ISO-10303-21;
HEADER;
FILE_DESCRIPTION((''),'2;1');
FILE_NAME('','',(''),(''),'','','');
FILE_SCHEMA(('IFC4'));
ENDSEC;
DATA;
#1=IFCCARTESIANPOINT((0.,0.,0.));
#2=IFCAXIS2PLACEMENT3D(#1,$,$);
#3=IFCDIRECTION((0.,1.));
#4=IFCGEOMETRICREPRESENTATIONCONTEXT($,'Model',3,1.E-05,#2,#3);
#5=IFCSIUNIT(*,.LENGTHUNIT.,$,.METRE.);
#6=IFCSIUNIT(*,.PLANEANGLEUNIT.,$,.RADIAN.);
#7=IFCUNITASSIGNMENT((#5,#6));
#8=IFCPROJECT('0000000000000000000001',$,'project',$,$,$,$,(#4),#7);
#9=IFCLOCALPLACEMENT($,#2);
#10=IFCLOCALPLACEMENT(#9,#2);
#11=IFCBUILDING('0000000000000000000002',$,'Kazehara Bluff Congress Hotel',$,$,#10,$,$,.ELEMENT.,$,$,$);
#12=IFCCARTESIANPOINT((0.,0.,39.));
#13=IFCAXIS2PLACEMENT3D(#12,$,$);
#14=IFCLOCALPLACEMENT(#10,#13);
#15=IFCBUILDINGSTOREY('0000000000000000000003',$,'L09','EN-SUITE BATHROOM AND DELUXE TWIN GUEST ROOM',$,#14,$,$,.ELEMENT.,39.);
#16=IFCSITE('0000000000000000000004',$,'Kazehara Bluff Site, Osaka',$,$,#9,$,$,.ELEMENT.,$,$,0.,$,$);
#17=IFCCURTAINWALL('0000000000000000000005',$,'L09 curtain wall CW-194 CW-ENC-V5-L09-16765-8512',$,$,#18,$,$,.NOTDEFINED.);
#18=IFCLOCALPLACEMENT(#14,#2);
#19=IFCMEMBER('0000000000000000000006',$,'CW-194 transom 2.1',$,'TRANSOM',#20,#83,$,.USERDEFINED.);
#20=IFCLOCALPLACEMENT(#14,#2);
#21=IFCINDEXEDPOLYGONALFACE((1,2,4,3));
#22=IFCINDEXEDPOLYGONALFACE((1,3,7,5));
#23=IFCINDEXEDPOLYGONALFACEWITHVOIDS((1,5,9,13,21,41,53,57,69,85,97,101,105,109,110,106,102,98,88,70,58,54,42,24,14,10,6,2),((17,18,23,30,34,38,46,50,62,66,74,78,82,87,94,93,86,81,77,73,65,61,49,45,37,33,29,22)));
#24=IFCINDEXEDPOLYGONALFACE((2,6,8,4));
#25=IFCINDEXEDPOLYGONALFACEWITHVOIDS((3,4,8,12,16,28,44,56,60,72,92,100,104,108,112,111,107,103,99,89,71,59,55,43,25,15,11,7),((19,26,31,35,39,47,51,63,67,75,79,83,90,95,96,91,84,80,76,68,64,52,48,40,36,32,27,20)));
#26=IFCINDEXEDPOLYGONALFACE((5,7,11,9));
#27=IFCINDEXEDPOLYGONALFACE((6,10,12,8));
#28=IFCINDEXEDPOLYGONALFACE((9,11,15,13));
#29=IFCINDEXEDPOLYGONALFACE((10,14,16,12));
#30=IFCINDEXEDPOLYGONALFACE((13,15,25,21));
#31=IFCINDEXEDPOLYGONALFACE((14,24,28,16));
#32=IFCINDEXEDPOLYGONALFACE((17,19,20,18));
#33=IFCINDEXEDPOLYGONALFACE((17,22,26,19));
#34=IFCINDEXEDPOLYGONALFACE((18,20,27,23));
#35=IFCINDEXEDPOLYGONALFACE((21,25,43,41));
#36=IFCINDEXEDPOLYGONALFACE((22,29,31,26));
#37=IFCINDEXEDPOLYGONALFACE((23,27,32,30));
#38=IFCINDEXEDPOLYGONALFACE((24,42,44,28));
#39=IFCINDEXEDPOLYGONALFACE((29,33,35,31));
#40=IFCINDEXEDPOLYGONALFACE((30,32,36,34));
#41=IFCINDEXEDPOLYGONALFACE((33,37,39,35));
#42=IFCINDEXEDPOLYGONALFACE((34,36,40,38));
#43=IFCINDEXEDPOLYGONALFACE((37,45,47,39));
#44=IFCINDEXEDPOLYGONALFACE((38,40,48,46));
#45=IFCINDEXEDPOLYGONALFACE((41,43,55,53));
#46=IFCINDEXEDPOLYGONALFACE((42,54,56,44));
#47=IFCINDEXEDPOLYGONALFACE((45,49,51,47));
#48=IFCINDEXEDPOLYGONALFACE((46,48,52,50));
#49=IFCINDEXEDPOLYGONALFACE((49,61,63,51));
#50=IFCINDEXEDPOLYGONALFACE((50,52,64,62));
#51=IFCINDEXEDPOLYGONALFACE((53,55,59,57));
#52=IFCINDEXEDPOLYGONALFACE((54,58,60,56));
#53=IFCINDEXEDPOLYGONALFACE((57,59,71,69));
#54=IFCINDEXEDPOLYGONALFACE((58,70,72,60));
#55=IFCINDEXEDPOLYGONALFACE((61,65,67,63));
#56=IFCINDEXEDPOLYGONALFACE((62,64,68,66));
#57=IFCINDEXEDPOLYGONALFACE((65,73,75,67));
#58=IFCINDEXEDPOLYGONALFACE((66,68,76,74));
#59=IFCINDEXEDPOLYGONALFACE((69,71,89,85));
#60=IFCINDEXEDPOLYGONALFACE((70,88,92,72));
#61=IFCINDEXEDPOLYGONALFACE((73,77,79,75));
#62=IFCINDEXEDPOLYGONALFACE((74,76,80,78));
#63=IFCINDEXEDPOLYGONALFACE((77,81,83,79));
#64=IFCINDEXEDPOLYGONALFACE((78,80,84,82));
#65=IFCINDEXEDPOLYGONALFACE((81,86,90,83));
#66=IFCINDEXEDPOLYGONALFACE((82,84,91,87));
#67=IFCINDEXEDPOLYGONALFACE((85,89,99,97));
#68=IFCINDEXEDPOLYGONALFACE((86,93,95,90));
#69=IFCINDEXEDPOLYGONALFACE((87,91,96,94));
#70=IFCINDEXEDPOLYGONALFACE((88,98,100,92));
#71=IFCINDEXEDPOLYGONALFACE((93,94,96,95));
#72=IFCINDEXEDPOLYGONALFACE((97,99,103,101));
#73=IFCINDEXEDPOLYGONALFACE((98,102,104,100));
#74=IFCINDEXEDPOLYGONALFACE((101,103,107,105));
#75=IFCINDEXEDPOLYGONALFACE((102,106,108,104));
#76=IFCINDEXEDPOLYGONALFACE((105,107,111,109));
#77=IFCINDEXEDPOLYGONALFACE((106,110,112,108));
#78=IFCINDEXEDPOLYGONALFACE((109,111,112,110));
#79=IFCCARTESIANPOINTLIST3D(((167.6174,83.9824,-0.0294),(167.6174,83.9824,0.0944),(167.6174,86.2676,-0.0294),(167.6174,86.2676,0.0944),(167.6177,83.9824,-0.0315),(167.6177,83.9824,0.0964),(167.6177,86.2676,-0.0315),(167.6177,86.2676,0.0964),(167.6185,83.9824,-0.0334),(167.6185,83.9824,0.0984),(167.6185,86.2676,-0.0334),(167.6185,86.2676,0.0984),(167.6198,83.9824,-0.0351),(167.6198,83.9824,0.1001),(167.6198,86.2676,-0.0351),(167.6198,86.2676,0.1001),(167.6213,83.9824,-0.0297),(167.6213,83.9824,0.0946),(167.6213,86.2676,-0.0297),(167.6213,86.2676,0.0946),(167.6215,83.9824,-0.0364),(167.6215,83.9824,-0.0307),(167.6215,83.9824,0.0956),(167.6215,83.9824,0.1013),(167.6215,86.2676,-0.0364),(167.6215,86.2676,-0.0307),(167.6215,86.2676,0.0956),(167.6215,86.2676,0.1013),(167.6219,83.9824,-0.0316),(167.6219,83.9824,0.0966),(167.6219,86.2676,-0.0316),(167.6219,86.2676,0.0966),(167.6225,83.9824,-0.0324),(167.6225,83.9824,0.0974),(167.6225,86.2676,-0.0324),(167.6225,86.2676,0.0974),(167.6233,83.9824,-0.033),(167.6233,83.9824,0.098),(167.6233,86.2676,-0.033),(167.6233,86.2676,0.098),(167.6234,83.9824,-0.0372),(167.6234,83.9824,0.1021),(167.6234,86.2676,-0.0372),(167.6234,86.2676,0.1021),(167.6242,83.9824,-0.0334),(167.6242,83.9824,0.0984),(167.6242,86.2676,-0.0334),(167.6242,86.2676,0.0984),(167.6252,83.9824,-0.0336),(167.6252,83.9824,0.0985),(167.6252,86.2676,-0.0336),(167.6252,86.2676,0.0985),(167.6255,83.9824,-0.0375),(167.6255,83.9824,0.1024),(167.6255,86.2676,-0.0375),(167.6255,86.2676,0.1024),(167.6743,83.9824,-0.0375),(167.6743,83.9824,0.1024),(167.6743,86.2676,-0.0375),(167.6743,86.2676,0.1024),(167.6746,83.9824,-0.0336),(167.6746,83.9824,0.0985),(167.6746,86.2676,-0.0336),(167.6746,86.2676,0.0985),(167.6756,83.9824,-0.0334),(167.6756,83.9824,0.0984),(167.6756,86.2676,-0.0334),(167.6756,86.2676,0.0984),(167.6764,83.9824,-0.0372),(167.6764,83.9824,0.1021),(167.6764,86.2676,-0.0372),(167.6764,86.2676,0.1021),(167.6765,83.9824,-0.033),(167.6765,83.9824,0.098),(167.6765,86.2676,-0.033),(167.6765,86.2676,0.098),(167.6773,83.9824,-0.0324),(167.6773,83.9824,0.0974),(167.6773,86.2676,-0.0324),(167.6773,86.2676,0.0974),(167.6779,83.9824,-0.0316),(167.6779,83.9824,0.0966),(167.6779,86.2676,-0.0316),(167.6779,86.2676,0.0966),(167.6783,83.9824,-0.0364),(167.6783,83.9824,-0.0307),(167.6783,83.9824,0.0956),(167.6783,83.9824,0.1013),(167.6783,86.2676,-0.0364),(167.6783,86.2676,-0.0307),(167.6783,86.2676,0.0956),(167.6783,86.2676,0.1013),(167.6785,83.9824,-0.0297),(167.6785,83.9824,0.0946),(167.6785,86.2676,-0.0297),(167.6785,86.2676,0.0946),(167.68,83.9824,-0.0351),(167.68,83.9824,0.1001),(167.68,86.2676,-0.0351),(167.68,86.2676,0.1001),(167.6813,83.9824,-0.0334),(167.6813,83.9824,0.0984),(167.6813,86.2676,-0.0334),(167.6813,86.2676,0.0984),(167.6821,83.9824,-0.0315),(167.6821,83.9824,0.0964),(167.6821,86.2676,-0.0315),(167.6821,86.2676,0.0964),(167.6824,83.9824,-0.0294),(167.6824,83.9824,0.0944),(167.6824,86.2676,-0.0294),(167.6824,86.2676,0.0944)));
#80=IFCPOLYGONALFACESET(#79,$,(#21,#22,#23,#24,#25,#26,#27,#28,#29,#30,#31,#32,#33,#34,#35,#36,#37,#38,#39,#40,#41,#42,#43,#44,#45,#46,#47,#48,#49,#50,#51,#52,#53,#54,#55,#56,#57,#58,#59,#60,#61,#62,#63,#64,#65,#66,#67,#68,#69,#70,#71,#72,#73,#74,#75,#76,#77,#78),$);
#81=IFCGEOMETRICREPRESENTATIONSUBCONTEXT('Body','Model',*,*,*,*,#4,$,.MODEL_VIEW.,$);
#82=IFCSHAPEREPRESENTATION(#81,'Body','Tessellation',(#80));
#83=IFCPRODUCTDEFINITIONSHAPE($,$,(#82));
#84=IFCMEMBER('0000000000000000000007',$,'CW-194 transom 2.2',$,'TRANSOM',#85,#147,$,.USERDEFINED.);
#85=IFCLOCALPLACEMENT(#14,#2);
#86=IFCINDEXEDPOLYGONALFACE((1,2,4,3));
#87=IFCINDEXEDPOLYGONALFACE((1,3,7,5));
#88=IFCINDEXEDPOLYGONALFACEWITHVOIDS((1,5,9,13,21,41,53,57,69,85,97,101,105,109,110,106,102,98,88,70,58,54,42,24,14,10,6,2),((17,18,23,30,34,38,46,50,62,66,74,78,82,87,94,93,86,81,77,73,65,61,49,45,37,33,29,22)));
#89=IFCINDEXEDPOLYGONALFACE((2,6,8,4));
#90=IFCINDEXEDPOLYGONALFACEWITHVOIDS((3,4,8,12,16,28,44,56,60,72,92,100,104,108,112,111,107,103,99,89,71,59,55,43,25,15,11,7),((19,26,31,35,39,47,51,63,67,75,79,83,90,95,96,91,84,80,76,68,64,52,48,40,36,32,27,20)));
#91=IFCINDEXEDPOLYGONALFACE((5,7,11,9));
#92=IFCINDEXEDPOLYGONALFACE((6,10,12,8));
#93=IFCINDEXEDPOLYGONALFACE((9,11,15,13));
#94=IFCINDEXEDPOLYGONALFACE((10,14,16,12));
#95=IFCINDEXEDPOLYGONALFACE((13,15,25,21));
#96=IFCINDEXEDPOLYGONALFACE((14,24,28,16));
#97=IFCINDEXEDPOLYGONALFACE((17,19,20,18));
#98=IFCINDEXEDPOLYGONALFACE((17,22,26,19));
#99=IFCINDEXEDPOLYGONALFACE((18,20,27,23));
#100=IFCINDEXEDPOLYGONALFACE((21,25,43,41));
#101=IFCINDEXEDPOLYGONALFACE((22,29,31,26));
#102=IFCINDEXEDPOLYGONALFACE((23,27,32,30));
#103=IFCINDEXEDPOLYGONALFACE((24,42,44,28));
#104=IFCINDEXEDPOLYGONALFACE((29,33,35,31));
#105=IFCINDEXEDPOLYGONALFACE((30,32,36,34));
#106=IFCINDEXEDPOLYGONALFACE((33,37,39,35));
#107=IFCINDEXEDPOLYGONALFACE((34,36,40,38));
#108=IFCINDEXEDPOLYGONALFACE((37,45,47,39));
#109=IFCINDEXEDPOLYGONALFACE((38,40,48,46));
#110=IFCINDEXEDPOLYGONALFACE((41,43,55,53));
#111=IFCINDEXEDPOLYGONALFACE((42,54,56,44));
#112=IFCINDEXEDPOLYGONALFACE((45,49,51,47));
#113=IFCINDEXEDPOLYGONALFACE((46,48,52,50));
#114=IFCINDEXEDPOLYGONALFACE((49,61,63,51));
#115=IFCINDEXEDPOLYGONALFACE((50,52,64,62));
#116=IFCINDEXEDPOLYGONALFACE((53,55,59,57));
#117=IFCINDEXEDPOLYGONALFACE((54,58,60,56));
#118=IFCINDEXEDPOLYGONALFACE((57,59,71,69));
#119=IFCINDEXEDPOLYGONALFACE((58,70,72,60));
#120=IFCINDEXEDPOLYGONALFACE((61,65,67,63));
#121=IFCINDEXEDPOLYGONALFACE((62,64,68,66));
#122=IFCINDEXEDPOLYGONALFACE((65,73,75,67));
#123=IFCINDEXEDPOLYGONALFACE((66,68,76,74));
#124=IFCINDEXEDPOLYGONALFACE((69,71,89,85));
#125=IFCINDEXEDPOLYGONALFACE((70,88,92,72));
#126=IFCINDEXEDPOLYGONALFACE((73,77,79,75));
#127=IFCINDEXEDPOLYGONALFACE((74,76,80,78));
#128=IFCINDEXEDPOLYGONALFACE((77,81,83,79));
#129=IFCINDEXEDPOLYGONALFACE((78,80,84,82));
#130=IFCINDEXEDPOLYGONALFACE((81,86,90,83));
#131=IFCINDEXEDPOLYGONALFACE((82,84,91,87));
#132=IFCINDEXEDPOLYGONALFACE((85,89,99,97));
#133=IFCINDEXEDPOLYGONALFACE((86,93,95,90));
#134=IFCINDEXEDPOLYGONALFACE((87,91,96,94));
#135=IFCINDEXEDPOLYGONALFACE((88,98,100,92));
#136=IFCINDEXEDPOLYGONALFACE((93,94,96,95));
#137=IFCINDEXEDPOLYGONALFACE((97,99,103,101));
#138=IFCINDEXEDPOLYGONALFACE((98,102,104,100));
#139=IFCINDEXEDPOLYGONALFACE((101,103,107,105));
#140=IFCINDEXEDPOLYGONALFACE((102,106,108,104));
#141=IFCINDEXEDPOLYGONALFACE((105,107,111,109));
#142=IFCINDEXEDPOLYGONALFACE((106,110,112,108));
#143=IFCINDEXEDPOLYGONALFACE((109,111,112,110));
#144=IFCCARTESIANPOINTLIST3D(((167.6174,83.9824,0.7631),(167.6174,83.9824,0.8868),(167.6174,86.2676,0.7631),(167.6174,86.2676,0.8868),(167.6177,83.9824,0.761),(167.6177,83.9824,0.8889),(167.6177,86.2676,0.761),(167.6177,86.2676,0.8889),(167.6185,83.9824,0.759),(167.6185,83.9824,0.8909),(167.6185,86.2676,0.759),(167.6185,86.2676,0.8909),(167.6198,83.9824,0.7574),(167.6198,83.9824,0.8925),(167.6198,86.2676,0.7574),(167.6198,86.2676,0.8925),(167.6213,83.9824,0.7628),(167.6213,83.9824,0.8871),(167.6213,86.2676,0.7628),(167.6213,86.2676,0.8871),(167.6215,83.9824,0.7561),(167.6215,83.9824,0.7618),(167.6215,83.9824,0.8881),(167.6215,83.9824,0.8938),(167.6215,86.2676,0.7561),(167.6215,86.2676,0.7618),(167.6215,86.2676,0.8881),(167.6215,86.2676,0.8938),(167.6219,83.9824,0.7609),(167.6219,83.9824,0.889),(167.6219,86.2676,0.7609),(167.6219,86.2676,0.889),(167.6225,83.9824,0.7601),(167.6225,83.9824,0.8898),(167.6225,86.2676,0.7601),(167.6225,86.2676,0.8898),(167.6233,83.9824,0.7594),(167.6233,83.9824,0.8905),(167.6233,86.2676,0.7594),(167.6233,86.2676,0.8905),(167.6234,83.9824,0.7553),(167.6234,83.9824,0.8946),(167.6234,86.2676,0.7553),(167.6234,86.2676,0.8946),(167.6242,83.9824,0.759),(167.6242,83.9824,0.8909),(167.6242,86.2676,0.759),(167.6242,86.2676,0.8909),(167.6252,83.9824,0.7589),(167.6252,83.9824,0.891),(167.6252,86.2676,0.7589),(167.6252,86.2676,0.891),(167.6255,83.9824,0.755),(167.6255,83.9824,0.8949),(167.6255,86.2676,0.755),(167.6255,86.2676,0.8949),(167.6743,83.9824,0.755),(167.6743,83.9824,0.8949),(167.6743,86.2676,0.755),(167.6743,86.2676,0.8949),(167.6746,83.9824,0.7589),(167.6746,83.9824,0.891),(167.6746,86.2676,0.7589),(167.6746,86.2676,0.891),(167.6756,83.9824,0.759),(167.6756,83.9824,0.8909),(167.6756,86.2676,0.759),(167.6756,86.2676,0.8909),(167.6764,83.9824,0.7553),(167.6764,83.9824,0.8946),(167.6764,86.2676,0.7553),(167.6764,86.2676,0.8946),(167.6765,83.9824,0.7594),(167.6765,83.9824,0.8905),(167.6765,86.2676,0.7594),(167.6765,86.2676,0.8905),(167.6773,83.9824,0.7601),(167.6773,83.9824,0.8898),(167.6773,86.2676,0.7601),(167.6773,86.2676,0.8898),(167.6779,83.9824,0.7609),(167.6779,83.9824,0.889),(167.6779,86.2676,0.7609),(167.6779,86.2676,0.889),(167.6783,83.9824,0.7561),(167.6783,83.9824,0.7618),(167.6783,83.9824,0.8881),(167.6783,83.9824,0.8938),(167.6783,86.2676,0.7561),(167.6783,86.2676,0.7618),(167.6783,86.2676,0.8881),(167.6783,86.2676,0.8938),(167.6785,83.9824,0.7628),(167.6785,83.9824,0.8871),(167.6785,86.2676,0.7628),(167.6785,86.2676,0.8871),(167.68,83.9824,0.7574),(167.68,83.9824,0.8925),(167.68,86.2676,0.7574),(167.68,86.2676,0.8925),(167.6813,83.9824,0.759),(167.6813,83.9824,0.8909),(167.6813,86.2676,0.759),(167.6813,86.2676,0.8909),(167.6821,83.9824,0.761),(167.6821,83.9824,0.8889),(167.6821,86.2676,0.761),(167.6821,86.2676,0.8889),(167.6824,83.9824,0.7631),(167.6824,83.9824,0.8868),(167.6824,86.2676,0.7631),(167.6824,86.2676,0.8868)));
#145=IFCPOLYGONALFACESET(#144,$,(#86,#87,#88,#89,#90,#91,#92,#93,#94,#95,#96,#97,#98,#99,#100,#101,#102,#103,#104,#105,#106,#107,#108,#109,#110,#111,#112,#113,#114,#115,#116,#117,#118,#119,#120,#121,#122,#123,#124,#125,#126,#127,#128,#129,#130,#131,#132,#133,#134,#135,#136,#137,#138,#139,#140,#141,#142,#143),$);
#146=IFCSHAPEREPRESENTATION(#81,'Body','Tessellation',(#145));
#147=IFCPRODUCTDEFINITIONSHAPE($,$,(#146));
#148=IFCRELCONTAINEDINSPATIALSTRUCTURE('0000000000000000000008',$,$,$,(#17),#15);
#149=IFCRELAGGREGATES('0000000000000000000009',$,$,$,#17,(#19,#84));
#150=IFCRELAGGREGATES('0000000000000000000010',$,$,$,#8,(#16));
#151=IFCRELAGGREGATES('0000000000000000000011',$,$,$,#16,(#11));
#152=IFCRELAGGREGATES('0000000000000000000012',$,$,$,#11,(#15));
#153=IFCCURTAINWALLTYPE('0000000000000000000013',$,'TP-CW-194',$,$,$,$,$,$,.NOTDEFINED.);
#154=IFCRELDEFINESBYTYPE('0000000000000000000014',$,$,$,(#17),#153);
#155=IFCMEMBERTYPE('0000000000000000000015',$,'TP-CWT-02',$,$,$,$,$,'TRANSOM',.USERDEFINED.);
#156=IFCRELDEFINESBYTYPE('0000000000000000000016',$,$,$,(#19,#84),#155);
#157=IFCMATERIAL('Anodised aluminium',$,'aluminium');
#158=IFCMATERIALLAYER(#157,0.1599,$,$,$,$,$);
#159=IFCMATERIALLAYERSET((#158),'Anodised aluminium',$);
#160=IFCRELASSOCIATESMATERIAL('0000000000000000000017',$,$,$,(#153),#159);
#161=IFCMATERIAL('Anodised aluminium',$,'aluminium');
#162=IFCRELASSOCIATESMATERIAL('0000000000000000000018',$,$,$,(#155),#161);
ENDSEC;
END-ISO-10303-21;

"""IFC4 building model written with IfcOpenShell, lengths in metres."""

from ifc_helpers import new_model, si_unit, direction, frame, origin, origin_2d, place, context, subcontext, project, spatial, hollow_rectangle, extrude, material, layer, layer_set, material_profile, profile_set, type_object, element, aggregate, save


model = new_model("IFC4")

# Units and contexts
model_context = context("Model", 3, precision=1e-05, world=origin(), true_north=direction((0.0, 1.0)))
body_context = subcontext(model_context, "Body", "Model", "MODEL_VIEW")
ifc_project = project(units=[si_unit("LENGTHUNIT", "METRE"), si_unit("PLANEANGLEUNIT", "RADIAN")], contexts=[model_context])

# Site, building, storey
site_placement = place(None, origin())
site = spatial("IfcSite", under=ifc_project, at=site_placement, Name="Kazehara Bluff Site, Osaka", CompositionType="ELEMENT", RefElevation=0.0)
building_placement = place(site_placement, origin())
building = spatial("IfcBuilding", under=site, at=building_placement, Name="Kazehara Bluff Congress Hotel", CompositionType="ELEMENT")
storey_placement = place(building_placement, frame((0.0, 0.0, 39.0)))
storey = spatial("IfcBuildingStorey", under=building, at=storey_placement, Name="L09", Description="EN-SUITE BATHROOM AND DELUXE TWIN GUEST ROOM", CompositionType="ELEMENT", Elevation=39.0)

# Curtain wall, members
ifc_material_1 = material(Name="Anodised aluminium", Category="aluminium")
ifc_layer_1 = layer(ifc_material_1, 0.1599)
ifc_layer_set_1 = layer_set([ifc_layer_1], Name="Anodised aluminium")
curtain_wall_type = type_object("IfcCurtainWallType", Name="TP-CW-194", PredefinedType="NOTDEFINED", material=ifc_layer_set_1)
curtain_wall_placement = place(storey_placement, origin())
curtain_wall = element("IfcCurtainWall", 1, at=curtain_wall_placement, inside=storey, type_object=curtain_wall_type, Name="L09 curtain wall CW-194 CW-ENC-V5-L09-16765-8512", PredefinedType="NOTDEFINED")
ifc_material_2 = material(Name="Anodised aluminium", Category="aluminium")
ifc_material_profile_1 = material_profile(ifc_material_2, hollow_rectangle(XDim=0.0649, YDim=0.1399, WallThickness=0.0039, InnerFilletRadius=0.0039, OuterFilletRadius=0.0081, at=origin_2d()))
ifc_profile_set_1 = profile_set([ifc_material_profile_1], Name="Anodised aluminium")
member_type_1 = type_object("IfcMemberType", Name="TP-CWT-02", ElementType="TRANSOM", PredefinedType="USERDEFINED", material=ifc_profile_set_1)
member_1_placement = place(storey_placement, frame((167.6499, 86.2676, 0.0325), z_axis=(0.0, -1.0, 0.0), x_axis=(1.0, 0.0, 0.0)))
member_1 = element("IfcMember", 2, at=member_1_placement, type_object=member_type_1, Name="CW-194 transom 2.1", ObjectType="TRANSOM", PredefinedType="USERDEFINED", context=body_context, shape_type="SweptSolid", body=[
    extrude(hollow_rectangle(XDim=0.0649, YDim=0.1399, WallThickness=0.0039, InnerFilletRadius=0.0039, OuterFilletRadius=0.0081, at=origin_2d()), origin(), (0.0, 0.0, 1.0), 2.2852),
])
member_2_placement = place(storey_placement, frame((167.6499, 86.2676, 0.825), z_axis=(0.0, -1.0, 0.0), x_axis=(1.0, 0.0, 0.0)))
member_2 = element("IfcMember", 3, at=member_2_placement, type_object=member_type_1, Name="CW-194 transom 2.2", ObjectType="TRANSOM", PredefinedType="USERDEFINED", context=body_context, shape_type="SweptSolid", body=[
    extrude(hollow_rectangle(XDim=0.0649, YDim=0.1399, WallThickness=0.0039, InnerFilletRadius=0.0039, OuterFilletRadius=0.0081, at=origin_2d()), origin(), (0.0, 0.0, 1.0), 2.2852),
])
aggregate(curtain_wall, [member_1, member_2])

save(model, "model.ifc")
